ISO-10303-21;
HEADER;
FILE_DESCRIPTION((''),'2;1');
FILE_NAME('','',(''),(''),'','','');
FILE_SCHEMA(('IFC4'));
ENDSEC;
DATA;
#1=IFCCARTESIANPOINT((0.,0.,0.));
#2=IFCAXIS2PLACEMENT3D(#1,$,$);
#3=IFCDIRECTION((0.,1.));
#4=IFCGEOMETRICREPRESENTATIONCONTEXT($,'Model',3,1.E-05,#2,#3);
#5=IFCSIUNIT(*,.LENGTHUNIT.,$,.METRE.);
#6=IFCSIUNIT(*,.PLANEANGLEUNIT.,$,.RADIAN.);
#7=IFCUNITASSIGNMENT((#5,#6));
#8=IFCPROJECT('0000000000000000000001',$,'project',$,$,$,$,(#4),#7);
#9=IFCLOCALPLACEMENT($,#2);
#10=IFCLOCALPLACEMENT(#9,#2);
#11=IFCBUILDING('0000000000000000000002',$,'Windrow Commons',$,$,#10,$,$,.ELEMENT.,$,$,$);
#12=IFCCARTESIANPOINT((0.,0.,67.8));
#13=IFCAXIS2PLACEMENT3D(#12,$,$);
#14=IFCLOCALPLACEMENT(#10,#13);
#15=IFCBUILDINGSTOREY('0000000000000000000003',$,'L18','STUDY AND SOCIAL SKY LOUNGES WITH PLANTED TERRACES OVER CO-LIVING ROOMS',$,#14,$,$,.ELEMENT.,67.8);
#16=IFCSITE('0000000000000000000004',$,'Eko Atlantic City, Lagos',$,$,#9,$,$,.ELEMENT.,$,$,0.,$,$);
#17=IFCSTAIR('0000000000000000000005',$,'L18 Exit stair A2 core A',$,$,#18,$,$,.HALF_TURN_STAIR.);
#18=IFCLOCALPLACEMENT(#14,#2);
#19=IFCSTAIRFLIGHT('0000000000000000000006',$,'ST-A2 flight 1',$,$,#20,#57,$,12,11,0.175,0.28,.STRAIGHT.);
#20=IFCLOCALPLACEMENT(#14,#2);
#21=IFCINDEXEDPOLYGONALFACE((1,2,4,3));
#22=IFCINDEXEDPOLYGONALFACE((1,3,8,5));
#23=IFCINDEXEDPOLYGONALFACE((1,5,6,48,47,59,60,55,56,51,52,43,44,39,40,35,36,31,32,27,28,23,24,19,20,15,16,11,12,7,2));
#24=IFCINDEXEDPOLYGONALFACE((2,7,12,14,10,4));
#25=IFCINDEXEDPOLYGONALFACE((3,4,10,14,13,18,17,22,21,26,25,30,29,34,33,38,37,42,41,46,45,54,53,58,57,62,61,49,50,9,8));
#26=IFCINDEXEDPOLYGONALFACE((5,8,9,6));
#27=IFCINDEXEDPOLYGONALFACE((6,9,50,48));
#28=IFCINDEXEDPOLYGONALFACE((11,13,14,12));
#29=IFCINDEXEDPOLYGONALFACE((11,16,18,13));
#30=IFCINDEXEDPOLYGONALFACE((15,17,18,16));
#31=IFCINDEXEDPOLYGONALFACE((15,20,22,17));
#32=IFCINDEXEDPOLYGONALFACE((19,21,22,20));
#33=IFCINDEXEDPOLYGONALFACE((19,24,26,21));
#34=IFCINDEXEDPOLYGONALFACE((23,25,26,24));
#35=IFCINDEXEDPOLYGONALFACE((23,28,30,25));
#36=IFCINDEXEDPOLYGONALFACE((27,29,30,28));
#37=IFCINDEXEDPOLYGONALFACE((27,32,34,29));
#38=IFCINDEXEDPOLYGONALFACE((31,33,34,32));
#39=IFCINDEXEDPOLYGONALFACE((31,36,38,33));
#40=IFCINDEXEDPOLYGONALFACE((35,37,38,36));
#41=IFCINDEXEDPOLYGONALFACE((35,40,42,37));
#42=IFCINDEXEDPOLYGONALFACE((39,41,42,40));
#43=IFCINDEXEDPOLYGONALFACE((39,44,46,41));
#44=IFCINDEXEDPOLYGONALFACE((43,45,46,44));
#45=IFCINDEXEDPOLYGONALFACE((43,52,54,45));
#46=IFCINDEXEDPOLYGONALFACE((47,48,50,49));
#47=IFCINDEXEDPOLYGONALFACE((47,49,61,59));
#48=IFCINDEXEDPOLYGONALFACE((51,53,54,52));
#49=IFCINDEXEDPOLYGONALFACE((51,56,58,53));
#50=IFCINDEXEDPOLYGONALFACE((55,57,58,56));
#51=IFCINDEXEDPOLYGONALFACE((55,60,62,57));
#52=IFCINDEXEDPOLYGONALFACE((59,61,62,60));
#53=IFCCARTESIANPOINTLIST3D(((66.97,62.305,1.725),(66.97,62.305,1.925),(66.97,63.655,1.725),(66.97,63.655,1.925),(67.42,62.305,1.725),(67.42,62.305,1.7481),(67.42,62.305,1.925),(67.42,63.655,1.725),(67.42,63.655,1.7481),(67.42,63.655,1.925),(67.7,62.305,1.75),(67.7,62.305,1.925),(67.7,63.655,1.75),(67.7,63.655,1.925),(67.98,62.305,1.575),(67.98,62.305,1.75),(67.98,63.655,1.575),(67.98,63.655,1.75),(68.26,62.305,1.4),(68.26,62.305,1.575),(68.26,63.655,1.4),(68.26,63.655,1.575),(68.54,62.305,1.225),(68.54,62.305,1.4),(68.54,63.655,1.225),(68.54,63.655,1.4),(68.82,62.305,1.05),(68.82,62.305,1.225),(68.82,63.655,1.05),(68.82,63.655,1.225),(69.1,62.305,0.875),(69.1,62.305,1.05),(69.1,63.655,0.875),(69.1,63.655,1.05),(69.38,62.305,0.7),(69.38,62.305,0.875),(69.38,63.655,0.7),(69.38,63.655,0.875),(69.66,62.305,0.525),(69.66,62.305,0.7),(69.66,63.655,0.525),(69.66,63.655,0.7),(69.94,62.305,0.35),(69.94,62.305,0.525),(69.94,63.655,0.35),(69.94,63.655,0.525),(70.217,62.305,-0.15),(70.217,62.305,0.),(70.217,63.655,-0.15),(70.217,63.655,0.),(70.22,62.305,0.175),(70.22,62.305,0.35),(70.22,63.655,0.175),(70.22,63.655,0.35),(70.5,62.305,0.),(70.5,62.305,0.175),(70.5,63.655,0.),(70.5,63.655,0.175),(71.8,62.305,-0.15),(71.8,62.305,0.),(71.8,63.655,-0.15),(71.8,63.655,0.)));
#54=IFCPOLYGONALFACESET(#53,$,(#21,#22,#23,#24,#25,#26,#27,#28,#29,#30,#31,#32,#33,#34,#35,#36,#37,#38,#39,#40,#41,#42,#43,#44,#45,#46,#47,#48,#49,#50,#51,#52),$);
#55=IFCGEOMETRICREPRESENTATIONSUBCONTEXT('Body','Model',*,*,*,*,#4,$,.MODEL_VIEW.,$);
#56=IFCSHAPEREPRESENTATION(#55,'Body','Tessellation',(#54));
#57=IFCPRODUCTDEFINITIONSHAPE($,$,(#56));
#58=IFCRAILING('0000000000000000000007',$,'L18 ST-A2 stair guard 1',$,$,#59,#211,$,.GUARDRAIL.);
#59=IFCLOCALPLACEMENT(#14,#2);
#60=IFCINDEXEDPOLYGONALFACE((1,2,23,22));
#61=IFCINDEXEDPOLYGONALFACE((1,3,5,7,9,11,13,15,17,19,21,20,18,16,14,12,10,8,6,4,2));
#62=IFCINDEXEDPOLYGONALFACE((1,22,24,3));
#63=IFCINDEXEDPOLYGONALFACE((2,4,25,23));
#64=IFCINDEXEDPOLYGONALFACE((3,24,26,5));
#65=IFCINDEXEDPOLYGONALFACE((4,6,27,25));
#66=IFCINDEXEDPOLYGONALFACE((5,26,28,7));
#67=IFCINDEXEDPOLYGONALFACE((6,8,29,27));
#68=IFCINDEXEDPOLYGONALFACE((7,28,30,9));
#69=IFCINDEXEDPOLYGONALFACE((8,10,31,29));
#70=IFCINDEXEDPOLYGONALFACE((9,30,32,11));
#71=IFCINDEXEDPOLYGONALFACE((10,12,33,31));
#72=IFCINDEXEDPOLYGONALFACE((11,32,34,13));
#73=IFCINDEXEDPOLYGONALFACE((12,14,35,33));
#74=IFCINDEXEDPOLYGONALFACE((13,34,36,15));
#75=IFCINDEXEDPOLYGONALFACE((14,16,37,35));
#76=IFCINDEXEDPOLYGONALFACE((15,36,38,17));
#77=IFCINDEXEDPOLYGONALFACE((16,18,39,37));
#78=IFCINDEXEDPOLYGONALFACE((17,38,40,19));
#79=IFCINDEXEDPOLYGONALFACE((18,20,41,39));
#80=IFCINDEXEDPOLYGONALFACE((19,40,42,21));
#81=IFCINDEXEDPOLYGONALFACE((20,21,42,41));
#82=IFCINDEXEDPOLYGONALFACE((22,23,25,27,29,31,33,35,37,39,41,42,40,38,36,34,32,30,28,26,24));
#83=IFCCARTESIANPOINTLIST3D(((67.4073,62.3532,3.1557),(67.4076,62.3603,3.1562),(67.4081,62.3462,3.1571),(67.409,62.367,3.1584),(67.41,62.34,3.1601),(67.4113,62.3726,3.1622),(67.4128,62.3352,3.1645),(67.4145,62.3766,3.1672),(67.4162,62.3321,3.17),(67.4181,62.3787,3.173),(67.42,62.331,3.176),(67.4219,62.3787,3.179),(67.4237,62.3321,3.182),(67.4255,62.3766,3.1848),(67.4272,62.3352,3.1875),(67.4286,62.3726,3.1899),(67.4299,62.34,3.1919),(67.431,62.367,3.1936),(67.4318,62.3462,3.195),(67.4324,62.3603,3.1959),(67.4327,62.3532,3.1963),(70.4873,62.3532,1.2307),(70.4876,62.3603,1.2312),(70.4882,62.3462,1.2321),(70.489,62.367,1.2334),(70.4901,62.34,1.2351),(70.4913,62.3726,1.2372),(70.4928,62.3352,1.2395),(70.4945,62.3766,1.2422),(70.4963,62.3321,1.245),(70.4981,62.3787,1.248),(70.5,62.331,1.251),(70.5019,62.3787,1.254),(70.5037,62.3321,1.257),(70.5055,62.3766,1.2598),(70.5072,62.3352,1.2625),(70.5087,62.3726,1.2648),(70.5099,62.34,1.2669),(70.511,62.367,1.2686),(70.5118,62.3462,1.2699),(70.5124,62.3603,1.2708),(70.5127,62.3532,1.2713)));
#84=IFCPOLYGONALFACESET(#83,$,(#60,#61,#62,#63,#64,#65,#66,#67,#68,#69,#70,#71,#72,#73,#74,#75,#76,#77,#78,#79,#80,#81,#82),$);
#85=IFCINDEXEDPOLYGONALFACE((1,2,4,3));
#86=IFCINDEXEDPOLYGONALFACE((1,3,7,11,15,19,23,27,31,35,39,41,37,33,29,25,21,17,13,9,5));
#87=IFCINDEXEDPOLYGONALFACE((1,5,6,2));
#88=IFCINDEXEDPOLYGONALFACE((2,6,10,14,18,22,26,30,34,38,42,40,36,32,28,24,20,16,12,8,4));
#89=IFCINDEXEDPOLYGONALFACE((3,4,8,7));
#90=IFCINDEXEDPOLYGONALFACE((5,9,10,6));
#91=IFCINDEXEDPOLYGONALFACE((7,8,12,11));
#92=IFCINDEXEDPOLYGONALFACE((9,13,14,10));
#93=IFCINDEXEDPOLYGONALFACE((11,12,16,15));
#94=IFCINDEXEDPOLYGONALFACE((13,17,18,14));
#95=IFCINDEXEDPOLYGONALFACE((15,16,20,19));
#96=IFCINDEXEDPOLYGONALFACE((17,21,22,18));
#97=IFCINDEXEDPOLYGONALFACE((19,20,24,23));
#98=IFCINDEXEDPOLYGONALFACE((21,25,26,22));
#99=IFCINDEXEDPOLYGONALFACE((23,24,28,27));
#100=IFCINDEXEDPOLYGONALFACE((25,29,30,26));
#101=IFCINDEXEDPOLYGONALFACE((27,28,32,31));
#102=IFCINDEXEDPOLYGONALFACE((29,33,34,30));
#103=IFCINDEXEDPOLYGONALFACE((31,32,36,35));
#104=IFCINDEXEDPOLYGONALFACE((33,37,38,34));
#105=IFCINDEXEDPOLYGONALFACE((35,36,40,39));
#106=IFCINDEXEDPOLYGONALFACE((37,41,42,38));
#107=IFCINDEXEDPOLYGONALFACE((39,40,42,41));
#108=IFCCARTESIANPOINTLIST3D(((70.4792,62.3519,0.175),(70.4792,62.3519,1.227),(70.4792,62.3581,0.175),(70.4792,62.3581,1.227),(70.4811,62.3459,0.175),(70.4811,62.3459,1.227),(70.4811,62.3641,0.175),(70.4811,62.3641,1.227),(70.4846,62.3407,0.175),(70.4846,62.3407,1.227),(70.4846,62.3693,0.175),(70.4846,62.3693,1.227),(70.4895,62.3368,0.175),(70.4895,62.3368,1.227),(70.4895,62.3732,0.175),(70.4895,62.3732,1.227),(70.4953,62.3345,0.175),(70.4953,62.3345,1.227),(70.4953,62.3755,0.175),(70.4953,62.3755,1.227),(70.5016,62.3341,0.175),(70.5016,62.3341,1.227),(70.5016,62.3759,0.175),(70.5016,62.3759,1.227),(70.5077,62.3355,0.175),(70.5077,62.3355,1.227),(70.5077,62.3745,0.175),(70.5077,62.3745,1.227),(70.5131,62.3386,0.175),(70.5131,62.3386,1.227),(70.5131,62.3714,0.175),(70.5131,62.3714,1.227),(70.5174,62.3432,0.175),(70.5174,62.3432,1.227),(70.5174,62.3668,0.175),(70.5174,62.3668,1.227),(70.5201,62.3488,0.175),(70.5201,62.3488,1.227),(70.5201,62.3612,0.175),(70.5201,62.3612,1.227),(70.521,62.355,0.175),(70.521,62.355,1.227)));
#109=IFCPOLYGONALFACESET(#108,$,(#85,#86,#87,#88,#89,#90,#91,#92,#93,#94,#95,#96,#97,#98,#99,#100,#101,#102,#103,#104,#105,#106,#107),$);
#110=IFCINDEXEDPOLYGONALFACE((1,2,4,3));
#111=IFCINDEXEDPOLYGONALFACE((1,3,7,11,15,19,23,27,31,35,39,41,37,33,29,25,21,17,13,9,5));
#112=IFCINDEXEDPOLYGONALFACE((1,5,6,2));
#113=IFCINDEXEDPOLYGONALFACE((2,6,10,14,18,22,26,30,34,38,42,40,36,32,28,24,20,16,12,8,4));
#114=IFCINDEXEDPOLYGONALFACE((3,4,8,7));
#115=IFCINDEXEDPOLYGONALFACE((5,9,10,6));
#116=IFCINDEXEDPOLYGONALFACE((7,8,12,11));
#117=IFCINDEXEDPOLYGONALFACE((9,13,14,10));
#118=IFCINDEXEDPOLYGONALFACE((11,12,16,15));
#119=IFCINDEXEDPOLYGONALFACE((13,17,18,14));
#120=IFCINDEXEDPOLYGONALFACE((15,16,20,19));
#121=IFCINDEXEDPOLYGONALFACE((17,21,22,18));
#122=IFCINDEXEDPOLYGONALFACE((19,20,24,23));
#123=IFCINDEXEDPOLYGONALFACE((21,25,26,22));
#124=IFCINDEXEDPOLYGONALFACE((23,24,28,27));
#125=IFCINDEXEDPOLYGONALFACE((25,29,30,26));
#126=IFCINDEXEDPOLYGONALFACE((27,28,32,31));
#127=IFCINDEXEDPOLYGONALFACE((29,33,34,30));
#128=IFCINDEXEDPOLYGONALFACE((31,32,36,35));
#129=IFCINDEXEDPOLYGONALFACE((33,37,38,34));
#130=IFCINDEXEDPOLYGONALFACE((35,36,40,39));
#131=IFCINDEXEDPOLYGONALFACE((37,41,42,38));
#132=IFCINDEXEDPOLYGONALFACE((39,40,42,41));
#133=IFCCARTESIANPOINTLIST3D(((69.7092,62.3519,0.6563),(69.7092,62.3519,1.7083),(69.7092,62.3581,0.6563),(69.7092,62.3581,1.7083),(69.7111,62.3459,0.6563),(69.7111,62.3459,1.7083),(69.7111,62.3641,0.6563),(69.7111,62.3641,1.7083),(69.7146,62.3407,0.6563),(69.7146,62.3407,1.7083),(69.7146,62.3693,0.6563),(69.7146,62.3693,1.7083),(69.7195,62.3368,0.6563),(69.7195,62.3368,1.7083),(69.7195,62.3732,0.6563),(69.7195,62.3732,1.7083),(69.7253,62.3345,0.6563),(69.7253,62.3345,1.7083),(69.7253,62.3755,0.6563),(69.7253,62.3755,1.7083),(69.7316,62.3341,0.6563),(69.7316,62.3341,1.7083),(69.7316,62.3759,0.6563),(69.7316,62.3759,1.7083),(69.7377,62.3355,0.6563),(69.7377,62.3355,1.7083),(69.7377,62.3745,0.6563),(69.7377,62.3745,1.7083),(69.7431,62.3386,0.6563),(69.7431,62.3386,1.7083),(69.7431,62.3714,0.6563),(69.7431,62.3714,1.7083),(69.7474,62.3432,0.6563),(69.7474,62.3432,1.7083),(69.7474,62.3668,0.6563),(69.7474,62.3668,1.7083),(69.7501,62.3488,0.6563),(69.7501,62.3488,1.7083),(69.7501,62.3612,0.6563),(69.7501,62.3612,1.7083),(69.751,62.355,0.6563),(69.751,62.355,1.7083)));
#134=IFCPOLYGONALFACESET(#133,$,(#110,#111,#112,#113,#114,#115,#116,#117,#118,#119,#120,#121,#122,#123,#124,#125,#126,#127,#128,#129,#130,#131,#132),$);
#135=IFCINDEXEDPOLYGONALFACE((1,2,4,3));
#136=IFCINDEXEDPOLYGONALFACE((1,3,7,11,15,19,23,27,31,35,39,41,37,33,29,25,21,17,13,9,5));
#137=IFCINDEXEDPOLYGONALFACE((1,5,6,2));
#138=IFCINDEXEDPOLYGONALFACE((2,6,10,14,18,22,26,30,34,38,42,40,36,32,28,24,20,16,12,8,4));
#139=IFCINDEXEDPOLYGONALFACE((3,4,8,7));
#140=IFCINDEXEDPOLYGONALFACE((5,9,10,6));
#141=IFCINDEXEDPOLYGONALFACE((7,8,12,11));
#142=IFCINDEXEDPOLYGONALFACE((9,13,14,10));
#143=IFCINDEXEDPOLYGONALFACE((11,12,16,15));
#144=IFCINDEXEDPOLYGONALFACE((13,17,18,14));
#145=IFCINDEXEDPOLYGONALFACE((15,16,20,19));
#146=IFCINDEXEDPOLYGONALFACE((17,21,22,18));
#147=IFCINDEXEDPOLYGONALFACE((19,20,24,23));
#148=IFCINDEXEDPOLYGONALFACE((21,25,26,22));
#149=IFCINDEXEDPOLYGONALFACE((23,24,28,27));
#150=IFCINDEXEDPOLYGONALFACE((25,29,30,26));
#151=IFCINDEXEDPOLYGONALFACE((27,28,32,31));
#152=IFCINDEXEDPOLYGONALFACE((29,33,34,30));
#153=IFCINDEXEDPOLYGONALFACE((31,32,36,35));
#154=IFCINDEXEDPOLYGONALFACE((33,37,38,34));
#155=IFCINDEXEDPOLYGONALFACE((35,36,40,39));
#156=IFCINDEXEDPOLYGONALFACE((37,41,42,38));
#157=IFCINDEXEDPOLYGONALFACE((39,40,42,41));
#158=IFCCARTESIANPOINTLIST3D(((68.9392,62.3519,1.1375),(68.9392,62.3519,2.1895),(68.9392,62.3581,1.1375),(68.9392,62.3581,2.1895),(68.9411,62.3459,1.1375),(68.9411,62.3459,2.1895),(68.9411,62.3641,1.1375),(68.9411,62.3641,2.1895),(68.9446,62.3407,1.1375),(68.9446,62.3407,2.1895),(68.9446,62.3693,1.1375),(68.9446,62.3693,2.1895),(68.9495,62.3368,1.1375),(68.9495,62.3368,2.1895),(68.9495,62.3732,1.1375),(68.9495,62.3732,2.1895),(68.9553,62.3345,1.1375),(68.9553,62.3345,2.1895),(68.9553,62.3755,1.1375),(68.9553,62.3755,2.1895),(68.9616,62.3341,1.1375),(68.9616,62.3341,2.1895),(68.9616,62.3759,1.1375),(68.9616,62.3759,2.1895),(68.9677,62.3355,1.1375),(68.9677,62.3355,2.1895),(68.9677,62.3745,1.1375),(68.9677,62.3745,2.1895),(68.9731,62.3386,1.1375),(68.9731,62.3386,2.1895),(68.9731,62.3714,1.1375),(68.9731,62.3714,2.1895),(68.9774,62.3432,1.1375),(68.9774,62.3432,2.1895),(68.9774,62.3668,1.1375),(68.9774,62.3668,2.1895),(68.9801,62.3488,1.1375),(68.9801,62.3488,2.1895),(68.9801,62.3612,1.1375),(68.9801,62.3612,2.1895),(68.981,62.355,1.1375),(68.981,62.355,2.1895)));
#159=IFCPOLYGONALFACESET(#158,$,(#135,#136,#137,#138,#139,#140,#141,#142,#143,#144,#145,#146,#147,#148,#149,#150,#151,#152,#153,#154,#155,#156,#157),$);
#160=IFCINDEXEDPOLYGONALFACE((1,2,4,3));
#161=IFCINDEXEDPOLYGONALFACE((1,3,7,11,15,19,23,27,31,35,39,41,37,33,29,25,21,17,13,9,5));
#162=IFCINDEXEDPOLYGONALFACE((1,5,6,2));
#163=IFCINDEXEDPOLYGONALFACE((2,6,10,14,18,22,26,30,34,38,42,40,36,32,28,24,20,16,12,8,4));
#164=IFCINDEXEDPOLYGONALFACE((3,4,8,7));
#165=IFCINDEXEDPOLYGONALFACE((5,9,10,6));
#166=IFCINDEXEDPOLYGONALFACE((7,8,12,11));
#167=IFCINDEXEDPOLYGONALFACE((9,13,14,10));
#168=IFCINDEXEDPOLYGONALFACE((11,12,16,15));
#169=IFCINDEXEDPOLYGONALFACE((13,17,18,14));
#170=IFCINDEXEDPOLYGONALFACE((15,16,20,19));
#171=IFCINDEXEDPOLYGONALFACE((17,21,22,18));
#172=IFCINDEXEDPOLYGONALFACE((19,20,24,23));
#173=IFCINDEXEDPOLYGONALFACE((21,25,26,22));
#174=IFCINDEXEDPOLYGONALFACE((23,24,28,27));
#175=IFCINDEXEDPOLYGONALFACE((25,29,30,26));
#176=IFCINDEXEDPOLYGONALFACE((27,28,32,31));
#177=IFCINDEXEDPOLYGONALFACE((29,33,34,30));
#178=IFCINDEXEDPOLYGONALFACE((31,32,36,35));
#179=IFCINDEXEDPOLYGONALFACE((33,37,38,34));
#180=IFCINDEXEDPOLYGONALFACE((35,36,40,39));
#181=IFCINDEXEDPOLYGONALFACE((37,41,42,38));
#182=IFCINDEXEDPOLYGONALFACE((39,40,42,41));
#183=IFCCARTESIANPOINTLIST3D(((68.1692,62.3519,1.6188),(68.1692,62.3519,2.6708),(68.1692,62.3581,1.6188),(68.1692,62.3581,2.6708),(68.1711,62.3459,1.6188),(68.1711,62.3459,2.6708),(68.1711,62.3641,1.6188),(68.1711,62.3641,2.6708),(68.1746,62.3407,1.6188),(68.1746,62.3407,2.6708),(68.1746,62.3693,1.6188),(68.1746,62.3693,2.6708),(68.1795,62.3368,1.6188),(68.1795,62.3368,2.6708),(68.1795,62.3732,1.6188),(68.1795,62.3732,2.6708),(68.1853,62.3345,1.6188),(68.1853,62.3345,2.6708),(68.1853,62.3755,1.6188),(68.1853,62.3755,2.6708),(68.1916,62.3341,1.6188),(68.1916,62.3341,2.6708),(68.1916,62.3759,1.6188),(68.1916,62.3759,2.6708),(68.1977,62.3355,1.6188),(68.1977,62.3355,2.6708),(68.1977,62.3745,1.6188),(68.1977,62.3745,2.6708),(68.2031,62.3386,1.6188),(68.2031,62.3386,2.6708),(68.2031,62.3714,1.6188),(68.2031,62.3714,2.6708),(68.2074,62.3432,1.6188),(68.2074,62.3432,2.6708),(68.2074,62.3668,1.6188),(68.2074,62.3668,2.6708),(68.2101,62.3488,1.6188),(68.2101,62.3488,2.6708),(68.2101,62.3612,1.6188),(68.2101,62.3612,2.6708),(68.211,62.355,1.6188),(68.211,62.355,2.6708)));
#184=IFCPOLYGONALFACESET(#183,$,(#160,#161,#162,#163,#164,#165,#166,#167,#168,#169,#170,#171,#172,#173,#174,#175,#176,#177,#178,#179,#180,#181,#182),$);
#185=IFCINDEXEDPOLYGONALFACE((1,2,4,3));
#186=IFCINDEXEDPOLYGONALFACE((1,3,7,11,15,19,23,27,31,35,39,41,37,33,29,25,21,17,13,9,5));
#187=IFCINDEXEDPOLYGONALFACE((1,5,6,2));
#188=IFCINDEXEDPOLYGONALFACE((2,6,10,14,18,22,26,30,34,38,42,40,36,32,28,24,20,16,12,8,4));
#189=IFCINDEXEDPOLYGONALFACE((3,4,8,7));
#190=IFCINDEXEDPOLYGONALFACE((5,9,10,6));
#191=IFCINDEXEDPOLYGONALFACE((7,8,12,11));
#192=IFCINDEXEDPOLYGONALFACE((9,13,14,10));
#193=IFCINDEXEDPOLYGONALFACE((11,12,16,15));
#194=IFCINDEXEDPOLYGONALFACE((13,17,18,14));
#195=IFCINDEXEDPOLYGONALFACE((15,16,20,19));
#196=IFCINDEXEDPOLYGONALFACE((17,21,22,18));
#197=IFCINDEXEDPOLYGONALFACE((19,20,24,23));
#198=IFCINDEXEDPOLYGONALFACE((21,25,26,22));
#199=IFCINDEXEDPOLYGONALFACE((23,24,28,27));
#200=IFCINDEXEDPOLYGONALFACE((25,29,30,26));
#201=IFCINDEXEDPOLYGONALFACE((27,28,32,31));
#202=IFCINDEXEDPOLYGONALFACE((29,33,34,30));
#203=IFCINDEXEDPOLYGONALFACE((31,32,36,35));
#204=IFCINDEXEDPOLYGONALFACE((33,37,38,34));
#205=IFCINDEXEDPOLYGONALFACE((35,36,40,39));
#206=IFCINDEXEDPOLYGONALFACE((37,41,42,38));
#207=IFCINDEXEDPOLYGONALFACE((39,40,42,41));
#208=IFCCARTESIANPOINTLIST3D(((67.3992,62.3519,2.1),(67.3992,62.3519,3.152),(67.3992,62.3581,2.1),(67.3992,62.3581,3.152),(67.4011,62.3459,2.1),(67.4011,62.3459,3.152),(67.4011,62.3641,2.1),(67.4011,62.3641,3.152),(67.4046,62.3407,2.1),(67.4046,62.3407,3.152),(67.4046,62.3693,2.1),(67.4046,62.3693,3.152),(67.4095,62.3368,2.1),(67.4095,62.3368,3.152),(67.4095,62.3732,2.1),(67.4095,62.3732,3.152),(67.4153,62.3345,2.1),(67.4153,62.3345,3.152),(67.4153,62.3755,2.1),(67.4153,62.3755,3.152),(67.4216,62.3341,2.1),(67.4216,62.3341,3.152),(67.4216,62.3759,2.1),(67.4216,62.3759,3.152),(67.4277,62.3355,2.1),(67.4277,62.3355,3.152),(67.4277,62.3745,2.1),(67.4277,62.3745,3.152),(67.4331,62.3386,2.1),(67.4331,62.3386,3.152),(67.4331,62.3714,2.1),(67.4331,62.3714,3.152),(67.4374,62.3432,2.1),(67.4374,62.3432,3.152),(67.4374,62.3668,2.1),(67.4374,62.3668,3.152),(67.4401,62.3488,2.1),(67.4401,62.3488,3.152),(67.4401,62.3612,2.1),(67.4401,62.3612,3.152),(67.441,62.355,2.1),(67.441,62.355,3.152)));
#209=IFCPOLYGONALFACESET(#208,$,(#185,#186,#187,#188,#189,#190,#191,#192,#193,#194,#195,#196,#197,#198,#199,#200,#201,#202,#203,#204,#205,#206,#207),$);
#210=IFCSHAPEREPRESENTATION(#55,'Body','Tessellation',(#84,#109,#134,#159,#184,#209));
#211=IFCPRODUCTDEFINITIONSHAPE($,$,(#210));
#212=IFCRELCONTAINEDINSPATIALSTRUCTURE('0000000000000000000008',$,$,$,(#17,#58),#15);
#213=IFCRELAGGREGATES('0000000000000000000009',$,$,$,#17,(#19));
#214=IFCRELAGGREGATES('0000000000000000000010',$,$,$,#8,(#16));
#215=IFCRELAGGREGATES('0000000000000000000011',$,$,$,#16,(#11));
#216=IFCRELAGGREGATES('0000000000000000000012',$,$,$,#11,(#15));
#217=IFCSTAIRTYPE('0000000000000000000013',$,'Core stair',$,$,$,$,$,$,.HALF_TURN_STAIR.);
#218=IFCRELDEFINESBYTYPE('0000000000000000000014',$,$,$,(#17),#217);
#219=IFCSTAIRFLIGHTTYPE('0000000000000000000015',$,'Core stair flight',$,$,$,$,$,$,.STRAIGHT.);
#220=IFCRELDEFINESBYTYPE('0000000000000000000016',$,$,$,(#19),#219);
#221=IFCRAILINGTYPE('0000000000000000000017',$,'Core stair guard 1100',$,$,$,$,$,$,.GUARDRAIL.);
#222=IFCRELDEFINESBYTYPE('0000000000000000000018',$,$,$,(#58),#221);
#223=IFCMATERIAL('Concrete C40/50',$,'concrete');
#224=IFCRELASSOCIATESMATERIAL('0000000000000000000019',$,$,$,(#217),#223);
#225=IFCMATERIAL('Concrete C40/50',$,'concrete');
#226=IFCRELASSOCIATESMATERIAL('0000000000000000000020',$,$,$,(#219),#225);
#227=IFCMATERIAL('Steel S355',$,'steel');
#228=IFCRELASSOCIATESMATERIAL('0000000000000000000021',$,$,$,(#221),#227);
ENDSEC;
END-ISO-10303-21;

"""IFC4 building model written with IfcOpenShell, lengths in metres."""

from ifc_helpers import new_model, si_unit, direction, frame, origin, origin_2d, place, context, subcontext, project, spatial, polyline, circle, outline, extrude, material, type_object, element, aggregate, save


model = new_model("IFC4")

# Units and contexts
model_context = context("Model", 3, precision=1e-05, world=origin(), true_north=direction((0.0, 1.0)))
body_context = subcontext(model_context, "Body", "Model", "MODEL_VIEW")
ifc_project = project(units=[si_unit("LENGTHUNIT", "METRE"), si_unit("PLANEANGLEUNIT", "RADIAN")], contexts=[model_context])

# Site, building, storey
site_placement = place(None, origin())
site = spatial("IfcSite", under=ifc_project, at=site_placement, Name="Eko Atlantic City, Lagos", CompositionType="ELEMENT", RefElevation=0.0)
building_placement = place(site_placement, origin())
building = spatial("IfcBuilding", under=site, at=building_placement, Name="Windrow Commons", CompositionType="ELEMENT")
storey_placement = place(building_placement, frame((0.0, 0.0, 67.8)))
storey = spatial("IfcBuildingStorey", under=building, at=storey_placement, Name="L18", Description="STUDY AND SOCIAL SKY LOUNGES WITH PLANTED TERRACES OVER CO-LIVING ROOMS", CompositionType="ELEMENT", Elevation=67.8)

# Shared definitions
placement = place(storey_placement, origin())

# Stair, stair flight
ifc_material_1 = material(Name="Concrete C40/50", Category="concrete")
stair_type = type_object("IfcStairType", Name="Core stair", PredefinedType="HALF_TURN_STAIR", material=ifc_material_1)
stair = element("IfcStair", 1, at=placement, inside=storey, type_object=stair_type, Name="L18 Exit stair A2 core A", PredefinedType="HALF_TURN_STAIR")
ifc_material_2 = material(Name="Concrete C40/50", Category="concrete")
stair_flight_type = type_object("IfcStairFlightType", Name="Core stair flight", PredefinedType="STRAIGHT", material=ifc_material_2)
stair_flight_placement = place(storey_placement, frame((70.5, 62.98, 0.0), z_axis=(0.0, 0.0, 1.0), x_axis=(-1.0, 0.0, 0.0)))
stair_flight = element("IfcStairFlight", 2, at=stair_flight_placement, type_object=stair_flight_type, Name="ST-A2 flight 1", NumberOfRisers=12, NumberOfTreads=11, PredefinedType="STRAIGHT", RiserHeight=0.175, TreadLength=0.28, context=body_context, shape_type="SweptSolid", body=[
    extrude(outline(polyline([(-1.3, -0.15), (-1.3, 0.0), (0.0, 0.0), (0.0, 0.175), (0.28, 0.175), (0.28, 0.35), (0.56, 0.35), (0.56, 0.525), (0.84, 0.525), (0.84, 0.7), (1.12, 0.7), (1.12, 0.875), (1.4, 0.875), (1.4, 1.05), (1.68, 1.05), (1.68, 1.225), (1.96, 1.225), (1.96, 1.4), (2.24, 1.4), (2.24, 1.575), (2.52, 1.575), (2.52, 1.75), (2.8, 1.75), (2.8, 1.925), (3.08, 1.925), (3.53, 1.925), (3.53, 1.725), (3.08, 1.725), (3.08, 1.7481), (0.283, 0.0), (0.283, -0.15), (-1.3, -0.15)])), frame((0.0, 0.675, 0.0), z_axis=(0.0, -1.0, 0.0), x_axis=(1.0, 0.0, 0.0)), (0.0, 0.0, 1.0), 1.35),
])
aggregate(stair, [stair_flight])

# Railing
ifc_material_3 = material(Name="Steel S355", Category="steel")
railing_type_1 = type_object("IfcRailingType", Name="Core stair guard 1100", PredefinedType="GUARDRAIL", material=ifc_material_3)
railing_1_placement = place(storey_placement, frame((70.5, 62.355, 0.175)))
element("IfcRailing", 3, at=railing_1_placement, inside=storey, type_object=railing_type_1, Name="L18 ST-A2 stair guard 1", PredefinedType="GUARDRAIL", context=body_context, shape_type="SweptSolid", body=[
    extrude(circle(Radius=0.024, at=origin_2d()), frame((0.0, 0.0, 1.076), z_axis=(-0.847998, 0.0, 0.529999), x_axis=(0.0, -1.0, 0.0)), (0.0, 0.0, 1.0), 3.6321),
    extrude(circle(Radius=0.021, at=origin_2d()), origin(), (0.0, 0.0, 1.0), 1.052),
    extrude(circle(Radius=0.021, at=origin_2d()), frame((-0.77, 0.0, 0.4813)), (0.0, 0.0, 1.0), 1.052),
    extrude(circle(Radius=0.021, at=origin_2d()), frame((-1.54, 0.0, 0.9625)), (0.0, 0.0, 1.0), 1.052),
    extrude(circle(Radius=0.021, at=origin_2d()), frame((-2.31, 0.0, 1.4438)), (0.0, 0.0, 1.0), 1.052),
    extrude(circle(Radius=0.021, at=origin_2d()), frame((-3.08, 0.0, 1.925)), (0.0, 0.0, 1.0), 1.052),
])

save(model, "model.ifc")
